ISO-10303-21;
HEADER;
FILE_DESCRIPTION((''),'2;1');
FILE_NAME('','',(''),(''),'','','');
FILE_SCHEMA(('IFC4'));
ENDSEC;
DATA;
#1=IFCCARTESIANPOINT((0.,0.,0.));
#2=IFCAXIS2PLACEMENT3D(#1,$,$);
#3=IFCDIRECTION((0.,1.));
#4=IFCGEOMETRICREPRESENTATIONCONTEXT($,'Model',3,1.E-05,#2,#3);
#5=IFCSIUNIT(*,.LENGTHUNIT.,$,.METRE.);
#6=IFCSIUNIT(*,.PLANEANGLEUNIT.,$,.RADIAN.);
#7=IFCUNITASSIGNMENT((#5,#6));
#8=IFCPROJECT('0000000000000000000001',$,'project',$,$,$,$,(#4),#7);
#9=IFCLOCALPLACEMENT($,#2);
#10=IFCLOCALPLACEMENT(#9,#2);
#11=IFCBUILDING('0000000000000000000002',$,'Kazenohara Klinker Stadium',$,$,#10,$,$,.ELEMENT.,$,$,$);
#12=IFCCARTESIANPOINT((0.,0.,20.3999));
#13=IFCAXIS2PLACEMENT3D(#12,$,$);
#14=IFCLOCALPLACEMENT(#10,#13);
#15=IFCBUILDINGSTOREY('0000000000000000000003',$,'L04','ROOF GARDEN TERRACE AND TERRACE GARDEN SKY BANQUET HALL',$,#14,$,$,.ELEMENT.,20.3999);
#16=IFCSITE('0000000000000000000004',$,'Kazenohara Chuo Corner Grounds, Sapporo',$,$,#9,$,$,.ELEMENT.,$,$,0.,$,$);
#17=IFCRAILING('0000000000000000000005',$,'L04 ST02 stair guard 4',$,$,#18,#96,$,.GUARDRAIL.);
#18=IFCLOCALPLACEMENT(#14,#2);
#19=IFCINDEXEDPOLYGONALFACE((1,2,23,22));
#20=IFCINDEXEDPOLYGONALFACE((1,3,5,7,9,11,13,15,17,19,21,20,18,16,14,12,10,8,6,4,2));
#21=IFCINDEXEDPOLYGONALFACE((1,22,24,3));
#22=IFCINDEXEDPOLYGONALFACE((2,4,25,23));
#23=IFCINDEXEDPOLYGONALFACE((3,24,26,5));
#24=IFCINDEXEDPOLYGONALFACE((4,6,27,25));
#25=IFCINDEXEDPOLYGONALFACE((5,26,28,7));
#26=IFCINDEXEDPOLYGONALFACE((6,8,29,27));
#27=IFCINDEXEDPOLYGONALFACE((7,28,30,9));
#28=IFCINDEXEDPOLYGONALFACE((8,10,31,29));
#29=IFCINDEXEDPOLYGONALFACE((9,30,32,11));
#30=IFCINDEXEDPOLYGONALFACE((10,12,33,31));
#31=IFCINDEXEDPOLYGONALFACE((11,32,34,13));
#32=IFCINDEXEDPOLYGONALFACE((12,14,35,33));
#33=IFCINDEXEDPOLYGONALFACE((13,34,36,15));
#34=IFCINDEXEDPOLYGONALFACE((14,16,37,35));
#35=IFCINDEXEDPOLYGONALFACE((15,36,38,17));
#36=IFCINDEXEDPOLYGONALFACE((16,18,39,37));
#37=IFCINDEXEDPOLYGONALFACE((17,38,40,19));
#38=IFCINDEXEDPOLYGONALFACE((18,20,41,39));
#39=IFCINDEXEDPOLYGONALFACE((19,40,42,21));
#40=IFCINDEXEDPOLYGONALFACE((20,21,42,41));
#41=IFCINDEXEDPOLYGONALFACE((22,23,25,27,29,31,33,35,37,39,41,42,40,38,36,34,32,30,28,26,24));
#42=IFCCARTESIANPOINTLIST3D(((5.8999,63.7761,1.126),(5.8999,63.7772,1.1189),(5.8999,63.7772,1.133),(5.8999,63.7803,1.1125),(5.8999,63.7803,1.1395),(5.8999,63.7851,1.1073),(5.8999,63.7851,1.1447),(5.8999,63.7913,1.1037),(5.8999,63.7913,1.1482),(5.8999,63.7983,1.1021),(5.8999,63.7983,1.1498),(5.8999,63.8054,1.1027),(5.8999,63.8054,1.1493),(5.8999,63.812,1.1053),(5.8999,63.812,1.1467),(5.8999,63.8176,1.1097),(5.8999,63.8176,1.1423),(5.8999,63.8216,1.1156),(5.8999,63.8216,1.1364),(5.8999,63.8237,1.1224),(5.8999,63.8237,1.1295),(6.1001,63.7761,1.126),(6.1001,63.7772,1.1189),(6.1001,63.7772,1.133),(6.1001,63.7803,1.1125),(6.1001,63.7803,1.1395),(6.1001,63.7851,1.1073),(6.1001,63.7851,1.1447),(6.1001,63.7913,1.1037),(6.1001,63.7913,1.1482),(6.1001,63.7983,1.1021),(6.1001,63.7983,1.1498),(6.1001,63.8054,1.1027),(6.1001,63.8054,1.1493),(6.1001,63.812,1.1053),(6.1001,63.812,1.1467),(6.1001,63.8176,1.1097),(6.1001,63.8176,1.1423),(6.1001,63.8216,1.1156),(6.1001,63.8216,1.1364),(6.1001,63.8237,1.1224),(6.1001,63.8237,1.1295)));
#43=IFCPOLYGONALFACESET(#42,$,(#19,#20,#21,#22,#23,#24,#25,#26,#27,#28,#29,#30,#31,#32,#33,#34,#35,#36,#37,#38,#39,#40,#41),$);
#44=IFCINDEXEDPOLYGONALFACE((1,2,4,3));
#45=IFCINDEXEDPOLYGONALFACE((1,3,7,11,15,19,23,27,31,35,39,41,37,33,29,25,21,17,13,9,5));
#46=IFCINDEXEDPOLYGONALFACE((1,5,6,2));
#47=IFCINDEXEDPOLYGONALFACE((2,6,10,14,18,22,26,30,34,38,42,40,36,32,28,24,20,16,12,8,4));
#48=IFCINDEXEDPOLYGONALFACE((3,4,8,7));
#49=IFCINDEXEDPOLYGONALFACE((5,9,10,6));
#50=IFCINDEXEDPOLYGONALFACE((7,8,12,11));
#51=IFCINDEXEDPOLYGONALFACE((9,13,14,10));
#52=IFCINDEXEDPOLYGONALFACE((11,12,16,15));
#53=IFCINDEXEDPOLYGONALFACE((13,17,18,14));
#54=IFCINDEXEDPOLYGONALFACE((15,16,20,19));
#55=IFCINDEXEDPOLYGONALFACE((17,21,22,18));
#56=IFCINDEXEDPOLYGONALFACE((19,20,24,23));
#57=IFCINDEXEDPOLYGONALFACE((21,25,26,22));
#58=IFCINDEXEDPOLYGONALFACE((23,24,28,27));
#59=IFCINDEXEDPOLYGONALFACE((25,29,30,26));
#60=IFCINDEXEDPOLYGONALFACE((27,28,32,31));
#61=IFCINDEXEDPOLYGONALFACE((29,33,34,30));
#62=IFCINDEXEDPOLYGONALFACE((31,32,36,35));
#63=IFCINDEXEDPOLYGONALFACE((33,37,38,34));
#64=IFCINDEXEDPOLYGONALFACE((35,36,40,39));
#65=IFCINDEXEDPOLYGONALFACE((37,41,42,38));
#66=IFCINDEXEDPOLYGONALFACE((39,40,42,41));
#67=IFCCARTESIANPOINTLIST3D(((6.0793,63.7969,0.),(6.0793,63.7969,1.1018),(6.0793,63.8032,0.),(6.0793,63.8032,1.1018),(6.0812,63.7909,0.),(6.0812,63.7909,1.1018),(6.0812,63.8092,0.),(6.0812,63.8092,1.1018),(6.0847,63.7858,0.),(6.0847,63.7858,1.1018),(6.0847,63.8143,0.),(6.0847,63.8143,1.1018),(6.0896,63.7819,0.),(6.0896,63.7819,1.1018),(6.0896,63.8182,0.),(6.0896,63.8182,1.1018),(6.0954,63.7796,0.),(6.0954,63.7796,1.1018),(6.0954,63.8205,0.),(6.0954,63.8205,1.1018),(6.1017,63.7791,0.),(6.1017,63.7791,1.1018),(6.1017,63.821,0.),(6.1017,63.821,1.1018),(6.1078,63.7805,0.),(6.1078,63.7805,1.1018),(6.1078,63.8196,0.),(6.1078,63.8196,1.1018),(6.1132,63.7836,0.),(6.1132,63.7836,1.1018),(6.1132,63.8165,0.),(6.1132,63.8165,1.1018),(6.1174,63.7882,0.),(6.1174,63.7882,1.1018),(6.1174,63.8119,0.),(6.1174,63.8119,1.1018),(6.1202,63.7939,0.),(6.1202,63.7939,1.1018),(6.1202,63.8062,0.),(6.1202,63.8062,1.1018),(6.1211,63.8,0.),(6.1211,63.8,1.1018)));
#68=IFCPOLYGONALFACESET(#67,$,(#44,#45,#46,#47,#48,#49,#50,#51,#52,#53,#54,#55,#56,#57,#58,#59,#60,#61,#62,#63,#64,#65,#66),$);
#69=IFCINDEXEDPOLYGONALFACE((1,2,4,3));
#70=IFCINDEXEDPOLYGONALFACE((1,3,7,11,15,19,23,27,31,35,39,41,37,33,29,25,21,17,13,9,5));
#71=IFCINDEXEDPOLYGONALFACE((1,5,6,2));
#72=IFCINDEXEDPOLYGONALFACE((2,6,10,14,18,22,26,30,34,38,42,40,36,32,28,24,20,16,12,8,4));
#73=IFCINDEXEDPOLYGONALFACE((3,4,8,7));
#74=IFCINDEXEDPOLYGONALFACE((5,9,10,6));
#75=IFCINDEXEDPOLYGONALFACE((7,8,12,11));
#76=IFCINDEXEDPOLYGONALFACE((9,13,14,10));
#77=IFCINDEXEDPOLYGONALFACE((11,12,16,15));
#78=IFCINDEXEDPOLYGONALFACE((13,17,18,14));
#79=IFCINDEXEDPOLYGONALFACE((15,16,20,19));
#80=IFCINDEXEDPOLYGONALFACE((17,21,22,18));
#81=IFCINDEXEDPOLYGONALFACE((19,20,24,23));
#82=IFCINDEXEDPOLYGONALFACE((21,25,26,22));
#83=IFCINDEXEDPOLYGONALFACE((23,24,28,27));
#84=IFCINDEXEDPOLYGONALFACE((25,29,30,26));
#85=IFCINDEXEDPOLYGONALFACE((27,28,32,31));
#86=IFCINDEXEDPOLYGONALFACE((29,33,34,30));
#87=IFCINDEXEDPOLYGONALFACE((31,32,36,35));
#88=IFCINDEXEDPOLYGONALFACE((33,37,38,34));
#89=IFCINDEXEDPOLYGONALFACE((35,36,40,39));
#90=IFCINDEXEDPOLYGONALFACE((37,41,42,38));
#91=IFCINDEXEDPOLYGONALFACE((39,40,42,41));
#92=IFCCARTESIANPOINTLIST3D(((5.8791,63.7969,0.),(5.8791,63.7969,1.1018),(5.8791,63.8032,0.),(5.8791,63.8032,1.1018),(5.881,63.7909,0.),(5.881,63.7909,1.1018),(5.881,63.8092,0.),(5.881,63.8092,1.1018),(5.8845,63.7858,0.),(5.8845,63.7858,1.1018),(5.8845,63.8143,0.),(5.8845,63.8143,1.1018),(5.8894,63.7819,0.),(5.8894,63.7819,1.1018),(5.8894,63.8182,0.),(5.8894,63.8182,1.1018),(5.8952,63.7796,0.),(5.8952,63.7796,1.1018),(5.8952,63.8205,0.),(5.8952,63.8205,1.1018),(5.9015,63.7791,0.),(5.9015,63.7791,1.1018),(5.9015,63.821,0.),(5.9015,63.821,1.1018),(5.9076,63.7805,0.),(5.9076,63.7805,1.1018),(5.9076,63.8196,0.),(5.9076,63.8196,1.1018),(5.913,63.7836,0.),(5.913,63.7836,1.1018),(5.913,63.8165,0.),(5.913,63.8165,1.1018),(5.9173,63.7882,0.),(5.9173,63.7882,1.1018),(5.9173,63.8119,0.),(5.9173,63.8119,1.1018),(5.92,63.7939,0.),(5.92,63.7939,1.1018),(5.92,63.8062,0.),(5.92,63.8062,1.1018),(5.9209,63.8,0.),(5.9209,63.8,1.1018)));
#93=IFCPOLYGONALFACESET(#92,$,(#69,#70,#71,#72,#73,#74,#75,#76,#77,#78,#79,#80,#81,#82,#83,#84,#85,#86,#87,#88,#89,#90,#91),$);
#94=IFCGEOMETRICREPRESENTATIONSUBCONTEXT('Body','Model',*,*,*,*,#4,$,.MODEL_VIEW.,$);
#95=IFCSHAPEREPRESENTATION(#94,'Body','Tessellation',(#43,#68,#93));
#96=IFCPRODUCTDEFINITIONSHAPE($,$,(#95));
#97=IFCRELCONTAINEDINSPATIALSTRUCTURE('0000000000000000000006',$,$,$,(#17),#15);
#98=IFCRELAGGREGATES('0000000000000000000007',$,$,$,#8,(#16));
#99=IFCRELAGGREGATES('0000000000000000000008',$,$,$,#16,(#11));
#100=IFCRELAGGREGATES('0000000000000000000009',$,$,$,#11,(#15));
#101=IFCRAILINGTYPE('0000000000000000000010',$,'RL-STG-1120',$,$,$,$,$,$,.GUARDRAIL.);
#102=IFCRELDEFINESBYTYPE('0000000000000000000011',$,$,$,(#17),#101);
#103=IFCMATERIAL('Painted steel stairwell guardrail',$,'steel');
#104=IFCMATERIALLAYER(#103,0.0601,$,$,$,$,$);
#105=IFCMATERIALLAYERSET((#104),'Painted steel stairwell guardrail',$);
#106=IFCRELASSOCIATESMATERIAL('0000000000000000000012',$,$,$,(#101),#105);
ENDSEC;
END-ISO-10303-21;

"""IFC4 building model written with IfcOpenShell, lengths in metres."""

from ifc_helpers import new_model, si_unit, direction, frame, origin, origin_2d, place, context, subcontext, project, spatial, circle, extrude, material, layer, layer_set, type_object, element, save


model = new_model("IFC4")

# Units and contexts
model_context = context("Model", 3, precision=1e-05, world=origin(), true_north=direction((0.0, 1.0)))
body_context = subcontext(model_context, "Body", "Model", "MODEL_VIEW")
ifc_project = project(units=[si_unit("LENGTHUNIT", "METRE"), si_unit("PLANEANGLEUNIT", "RADIAN")], contexts=[model_context])

# Site, building, storey
site_placement = place(None, origin())
site = spatial("IfcSite", under=ifc_project, at=site_placement, Name="Kazenohara Chuo Corner Grounds, Sapporo", CompositionType="ELEMENT", RefElevation=0.0)
building_placement = place(site_placement, origin())
building = spatial("IfcBuilding", under=site, at=building_placement, Name="Kazenohara Klinker Stadium", CompositionType="ELEMENT")
storey_placement = place(building_placement, frame((0.0, 0.0, 20.3999)))
storey = spatial("IfcBuildingStorey", under=building, at=storey_placement, Name="L04", Description="ROOF GARDEN TERRACE AND TERRACE GARDEN SKY BANQUET HALL", CompositionType="ELEMENT", Elevation=20.3999)

# Railing
ifc_material_1 = material(Name="Painted steel stairwell guardrail", Category="steel")
ifc_layer_1 = layer(ifc_material_1, 0.0601)
ifc_layer_set_1 = layer_set([ifc_layer_1], Name="Painted steel stairwell guardrail")
railing_type_1 = type_object("IfcRailingType", Name="RL-STG-1120", PredefinedType="GUARDRAIL", material=ifc_layer_set_1)
railing_1_placement = place(storey_placement, frame((6.1001, 63.8, 0.0)))
element("IfcRailing", 1, at=railing_1_placement, inside=storey, type_object=railing_type_1, Name="L04 ST02 stair guard 4", PredefinedType="GUARDRAIL", context=body_context, shape_type="SweptSolid", body=[
    extrude(circle(Radius=0.0239, at=origin_2d()), frame((0.0, 0.0, 1.126), z_axis=(-1.0, 0.0, 0.0), x_axis=(0.0, -1.0, 0.0)), (0.0, 0.0, 1.0), 0.2002),
    extrude(circle(Radius=0.021, at=origin_2d()), origin(), (0.0, 0.0, 1.0), 1.1018),
    extrude(circle(Radius=0.021, at=origin_2d()), frame((-0.2002, 0.0, 0.0)), (0.0, 0.0, 1.0), 1.1018),
])

save(model, "model.ifc")
